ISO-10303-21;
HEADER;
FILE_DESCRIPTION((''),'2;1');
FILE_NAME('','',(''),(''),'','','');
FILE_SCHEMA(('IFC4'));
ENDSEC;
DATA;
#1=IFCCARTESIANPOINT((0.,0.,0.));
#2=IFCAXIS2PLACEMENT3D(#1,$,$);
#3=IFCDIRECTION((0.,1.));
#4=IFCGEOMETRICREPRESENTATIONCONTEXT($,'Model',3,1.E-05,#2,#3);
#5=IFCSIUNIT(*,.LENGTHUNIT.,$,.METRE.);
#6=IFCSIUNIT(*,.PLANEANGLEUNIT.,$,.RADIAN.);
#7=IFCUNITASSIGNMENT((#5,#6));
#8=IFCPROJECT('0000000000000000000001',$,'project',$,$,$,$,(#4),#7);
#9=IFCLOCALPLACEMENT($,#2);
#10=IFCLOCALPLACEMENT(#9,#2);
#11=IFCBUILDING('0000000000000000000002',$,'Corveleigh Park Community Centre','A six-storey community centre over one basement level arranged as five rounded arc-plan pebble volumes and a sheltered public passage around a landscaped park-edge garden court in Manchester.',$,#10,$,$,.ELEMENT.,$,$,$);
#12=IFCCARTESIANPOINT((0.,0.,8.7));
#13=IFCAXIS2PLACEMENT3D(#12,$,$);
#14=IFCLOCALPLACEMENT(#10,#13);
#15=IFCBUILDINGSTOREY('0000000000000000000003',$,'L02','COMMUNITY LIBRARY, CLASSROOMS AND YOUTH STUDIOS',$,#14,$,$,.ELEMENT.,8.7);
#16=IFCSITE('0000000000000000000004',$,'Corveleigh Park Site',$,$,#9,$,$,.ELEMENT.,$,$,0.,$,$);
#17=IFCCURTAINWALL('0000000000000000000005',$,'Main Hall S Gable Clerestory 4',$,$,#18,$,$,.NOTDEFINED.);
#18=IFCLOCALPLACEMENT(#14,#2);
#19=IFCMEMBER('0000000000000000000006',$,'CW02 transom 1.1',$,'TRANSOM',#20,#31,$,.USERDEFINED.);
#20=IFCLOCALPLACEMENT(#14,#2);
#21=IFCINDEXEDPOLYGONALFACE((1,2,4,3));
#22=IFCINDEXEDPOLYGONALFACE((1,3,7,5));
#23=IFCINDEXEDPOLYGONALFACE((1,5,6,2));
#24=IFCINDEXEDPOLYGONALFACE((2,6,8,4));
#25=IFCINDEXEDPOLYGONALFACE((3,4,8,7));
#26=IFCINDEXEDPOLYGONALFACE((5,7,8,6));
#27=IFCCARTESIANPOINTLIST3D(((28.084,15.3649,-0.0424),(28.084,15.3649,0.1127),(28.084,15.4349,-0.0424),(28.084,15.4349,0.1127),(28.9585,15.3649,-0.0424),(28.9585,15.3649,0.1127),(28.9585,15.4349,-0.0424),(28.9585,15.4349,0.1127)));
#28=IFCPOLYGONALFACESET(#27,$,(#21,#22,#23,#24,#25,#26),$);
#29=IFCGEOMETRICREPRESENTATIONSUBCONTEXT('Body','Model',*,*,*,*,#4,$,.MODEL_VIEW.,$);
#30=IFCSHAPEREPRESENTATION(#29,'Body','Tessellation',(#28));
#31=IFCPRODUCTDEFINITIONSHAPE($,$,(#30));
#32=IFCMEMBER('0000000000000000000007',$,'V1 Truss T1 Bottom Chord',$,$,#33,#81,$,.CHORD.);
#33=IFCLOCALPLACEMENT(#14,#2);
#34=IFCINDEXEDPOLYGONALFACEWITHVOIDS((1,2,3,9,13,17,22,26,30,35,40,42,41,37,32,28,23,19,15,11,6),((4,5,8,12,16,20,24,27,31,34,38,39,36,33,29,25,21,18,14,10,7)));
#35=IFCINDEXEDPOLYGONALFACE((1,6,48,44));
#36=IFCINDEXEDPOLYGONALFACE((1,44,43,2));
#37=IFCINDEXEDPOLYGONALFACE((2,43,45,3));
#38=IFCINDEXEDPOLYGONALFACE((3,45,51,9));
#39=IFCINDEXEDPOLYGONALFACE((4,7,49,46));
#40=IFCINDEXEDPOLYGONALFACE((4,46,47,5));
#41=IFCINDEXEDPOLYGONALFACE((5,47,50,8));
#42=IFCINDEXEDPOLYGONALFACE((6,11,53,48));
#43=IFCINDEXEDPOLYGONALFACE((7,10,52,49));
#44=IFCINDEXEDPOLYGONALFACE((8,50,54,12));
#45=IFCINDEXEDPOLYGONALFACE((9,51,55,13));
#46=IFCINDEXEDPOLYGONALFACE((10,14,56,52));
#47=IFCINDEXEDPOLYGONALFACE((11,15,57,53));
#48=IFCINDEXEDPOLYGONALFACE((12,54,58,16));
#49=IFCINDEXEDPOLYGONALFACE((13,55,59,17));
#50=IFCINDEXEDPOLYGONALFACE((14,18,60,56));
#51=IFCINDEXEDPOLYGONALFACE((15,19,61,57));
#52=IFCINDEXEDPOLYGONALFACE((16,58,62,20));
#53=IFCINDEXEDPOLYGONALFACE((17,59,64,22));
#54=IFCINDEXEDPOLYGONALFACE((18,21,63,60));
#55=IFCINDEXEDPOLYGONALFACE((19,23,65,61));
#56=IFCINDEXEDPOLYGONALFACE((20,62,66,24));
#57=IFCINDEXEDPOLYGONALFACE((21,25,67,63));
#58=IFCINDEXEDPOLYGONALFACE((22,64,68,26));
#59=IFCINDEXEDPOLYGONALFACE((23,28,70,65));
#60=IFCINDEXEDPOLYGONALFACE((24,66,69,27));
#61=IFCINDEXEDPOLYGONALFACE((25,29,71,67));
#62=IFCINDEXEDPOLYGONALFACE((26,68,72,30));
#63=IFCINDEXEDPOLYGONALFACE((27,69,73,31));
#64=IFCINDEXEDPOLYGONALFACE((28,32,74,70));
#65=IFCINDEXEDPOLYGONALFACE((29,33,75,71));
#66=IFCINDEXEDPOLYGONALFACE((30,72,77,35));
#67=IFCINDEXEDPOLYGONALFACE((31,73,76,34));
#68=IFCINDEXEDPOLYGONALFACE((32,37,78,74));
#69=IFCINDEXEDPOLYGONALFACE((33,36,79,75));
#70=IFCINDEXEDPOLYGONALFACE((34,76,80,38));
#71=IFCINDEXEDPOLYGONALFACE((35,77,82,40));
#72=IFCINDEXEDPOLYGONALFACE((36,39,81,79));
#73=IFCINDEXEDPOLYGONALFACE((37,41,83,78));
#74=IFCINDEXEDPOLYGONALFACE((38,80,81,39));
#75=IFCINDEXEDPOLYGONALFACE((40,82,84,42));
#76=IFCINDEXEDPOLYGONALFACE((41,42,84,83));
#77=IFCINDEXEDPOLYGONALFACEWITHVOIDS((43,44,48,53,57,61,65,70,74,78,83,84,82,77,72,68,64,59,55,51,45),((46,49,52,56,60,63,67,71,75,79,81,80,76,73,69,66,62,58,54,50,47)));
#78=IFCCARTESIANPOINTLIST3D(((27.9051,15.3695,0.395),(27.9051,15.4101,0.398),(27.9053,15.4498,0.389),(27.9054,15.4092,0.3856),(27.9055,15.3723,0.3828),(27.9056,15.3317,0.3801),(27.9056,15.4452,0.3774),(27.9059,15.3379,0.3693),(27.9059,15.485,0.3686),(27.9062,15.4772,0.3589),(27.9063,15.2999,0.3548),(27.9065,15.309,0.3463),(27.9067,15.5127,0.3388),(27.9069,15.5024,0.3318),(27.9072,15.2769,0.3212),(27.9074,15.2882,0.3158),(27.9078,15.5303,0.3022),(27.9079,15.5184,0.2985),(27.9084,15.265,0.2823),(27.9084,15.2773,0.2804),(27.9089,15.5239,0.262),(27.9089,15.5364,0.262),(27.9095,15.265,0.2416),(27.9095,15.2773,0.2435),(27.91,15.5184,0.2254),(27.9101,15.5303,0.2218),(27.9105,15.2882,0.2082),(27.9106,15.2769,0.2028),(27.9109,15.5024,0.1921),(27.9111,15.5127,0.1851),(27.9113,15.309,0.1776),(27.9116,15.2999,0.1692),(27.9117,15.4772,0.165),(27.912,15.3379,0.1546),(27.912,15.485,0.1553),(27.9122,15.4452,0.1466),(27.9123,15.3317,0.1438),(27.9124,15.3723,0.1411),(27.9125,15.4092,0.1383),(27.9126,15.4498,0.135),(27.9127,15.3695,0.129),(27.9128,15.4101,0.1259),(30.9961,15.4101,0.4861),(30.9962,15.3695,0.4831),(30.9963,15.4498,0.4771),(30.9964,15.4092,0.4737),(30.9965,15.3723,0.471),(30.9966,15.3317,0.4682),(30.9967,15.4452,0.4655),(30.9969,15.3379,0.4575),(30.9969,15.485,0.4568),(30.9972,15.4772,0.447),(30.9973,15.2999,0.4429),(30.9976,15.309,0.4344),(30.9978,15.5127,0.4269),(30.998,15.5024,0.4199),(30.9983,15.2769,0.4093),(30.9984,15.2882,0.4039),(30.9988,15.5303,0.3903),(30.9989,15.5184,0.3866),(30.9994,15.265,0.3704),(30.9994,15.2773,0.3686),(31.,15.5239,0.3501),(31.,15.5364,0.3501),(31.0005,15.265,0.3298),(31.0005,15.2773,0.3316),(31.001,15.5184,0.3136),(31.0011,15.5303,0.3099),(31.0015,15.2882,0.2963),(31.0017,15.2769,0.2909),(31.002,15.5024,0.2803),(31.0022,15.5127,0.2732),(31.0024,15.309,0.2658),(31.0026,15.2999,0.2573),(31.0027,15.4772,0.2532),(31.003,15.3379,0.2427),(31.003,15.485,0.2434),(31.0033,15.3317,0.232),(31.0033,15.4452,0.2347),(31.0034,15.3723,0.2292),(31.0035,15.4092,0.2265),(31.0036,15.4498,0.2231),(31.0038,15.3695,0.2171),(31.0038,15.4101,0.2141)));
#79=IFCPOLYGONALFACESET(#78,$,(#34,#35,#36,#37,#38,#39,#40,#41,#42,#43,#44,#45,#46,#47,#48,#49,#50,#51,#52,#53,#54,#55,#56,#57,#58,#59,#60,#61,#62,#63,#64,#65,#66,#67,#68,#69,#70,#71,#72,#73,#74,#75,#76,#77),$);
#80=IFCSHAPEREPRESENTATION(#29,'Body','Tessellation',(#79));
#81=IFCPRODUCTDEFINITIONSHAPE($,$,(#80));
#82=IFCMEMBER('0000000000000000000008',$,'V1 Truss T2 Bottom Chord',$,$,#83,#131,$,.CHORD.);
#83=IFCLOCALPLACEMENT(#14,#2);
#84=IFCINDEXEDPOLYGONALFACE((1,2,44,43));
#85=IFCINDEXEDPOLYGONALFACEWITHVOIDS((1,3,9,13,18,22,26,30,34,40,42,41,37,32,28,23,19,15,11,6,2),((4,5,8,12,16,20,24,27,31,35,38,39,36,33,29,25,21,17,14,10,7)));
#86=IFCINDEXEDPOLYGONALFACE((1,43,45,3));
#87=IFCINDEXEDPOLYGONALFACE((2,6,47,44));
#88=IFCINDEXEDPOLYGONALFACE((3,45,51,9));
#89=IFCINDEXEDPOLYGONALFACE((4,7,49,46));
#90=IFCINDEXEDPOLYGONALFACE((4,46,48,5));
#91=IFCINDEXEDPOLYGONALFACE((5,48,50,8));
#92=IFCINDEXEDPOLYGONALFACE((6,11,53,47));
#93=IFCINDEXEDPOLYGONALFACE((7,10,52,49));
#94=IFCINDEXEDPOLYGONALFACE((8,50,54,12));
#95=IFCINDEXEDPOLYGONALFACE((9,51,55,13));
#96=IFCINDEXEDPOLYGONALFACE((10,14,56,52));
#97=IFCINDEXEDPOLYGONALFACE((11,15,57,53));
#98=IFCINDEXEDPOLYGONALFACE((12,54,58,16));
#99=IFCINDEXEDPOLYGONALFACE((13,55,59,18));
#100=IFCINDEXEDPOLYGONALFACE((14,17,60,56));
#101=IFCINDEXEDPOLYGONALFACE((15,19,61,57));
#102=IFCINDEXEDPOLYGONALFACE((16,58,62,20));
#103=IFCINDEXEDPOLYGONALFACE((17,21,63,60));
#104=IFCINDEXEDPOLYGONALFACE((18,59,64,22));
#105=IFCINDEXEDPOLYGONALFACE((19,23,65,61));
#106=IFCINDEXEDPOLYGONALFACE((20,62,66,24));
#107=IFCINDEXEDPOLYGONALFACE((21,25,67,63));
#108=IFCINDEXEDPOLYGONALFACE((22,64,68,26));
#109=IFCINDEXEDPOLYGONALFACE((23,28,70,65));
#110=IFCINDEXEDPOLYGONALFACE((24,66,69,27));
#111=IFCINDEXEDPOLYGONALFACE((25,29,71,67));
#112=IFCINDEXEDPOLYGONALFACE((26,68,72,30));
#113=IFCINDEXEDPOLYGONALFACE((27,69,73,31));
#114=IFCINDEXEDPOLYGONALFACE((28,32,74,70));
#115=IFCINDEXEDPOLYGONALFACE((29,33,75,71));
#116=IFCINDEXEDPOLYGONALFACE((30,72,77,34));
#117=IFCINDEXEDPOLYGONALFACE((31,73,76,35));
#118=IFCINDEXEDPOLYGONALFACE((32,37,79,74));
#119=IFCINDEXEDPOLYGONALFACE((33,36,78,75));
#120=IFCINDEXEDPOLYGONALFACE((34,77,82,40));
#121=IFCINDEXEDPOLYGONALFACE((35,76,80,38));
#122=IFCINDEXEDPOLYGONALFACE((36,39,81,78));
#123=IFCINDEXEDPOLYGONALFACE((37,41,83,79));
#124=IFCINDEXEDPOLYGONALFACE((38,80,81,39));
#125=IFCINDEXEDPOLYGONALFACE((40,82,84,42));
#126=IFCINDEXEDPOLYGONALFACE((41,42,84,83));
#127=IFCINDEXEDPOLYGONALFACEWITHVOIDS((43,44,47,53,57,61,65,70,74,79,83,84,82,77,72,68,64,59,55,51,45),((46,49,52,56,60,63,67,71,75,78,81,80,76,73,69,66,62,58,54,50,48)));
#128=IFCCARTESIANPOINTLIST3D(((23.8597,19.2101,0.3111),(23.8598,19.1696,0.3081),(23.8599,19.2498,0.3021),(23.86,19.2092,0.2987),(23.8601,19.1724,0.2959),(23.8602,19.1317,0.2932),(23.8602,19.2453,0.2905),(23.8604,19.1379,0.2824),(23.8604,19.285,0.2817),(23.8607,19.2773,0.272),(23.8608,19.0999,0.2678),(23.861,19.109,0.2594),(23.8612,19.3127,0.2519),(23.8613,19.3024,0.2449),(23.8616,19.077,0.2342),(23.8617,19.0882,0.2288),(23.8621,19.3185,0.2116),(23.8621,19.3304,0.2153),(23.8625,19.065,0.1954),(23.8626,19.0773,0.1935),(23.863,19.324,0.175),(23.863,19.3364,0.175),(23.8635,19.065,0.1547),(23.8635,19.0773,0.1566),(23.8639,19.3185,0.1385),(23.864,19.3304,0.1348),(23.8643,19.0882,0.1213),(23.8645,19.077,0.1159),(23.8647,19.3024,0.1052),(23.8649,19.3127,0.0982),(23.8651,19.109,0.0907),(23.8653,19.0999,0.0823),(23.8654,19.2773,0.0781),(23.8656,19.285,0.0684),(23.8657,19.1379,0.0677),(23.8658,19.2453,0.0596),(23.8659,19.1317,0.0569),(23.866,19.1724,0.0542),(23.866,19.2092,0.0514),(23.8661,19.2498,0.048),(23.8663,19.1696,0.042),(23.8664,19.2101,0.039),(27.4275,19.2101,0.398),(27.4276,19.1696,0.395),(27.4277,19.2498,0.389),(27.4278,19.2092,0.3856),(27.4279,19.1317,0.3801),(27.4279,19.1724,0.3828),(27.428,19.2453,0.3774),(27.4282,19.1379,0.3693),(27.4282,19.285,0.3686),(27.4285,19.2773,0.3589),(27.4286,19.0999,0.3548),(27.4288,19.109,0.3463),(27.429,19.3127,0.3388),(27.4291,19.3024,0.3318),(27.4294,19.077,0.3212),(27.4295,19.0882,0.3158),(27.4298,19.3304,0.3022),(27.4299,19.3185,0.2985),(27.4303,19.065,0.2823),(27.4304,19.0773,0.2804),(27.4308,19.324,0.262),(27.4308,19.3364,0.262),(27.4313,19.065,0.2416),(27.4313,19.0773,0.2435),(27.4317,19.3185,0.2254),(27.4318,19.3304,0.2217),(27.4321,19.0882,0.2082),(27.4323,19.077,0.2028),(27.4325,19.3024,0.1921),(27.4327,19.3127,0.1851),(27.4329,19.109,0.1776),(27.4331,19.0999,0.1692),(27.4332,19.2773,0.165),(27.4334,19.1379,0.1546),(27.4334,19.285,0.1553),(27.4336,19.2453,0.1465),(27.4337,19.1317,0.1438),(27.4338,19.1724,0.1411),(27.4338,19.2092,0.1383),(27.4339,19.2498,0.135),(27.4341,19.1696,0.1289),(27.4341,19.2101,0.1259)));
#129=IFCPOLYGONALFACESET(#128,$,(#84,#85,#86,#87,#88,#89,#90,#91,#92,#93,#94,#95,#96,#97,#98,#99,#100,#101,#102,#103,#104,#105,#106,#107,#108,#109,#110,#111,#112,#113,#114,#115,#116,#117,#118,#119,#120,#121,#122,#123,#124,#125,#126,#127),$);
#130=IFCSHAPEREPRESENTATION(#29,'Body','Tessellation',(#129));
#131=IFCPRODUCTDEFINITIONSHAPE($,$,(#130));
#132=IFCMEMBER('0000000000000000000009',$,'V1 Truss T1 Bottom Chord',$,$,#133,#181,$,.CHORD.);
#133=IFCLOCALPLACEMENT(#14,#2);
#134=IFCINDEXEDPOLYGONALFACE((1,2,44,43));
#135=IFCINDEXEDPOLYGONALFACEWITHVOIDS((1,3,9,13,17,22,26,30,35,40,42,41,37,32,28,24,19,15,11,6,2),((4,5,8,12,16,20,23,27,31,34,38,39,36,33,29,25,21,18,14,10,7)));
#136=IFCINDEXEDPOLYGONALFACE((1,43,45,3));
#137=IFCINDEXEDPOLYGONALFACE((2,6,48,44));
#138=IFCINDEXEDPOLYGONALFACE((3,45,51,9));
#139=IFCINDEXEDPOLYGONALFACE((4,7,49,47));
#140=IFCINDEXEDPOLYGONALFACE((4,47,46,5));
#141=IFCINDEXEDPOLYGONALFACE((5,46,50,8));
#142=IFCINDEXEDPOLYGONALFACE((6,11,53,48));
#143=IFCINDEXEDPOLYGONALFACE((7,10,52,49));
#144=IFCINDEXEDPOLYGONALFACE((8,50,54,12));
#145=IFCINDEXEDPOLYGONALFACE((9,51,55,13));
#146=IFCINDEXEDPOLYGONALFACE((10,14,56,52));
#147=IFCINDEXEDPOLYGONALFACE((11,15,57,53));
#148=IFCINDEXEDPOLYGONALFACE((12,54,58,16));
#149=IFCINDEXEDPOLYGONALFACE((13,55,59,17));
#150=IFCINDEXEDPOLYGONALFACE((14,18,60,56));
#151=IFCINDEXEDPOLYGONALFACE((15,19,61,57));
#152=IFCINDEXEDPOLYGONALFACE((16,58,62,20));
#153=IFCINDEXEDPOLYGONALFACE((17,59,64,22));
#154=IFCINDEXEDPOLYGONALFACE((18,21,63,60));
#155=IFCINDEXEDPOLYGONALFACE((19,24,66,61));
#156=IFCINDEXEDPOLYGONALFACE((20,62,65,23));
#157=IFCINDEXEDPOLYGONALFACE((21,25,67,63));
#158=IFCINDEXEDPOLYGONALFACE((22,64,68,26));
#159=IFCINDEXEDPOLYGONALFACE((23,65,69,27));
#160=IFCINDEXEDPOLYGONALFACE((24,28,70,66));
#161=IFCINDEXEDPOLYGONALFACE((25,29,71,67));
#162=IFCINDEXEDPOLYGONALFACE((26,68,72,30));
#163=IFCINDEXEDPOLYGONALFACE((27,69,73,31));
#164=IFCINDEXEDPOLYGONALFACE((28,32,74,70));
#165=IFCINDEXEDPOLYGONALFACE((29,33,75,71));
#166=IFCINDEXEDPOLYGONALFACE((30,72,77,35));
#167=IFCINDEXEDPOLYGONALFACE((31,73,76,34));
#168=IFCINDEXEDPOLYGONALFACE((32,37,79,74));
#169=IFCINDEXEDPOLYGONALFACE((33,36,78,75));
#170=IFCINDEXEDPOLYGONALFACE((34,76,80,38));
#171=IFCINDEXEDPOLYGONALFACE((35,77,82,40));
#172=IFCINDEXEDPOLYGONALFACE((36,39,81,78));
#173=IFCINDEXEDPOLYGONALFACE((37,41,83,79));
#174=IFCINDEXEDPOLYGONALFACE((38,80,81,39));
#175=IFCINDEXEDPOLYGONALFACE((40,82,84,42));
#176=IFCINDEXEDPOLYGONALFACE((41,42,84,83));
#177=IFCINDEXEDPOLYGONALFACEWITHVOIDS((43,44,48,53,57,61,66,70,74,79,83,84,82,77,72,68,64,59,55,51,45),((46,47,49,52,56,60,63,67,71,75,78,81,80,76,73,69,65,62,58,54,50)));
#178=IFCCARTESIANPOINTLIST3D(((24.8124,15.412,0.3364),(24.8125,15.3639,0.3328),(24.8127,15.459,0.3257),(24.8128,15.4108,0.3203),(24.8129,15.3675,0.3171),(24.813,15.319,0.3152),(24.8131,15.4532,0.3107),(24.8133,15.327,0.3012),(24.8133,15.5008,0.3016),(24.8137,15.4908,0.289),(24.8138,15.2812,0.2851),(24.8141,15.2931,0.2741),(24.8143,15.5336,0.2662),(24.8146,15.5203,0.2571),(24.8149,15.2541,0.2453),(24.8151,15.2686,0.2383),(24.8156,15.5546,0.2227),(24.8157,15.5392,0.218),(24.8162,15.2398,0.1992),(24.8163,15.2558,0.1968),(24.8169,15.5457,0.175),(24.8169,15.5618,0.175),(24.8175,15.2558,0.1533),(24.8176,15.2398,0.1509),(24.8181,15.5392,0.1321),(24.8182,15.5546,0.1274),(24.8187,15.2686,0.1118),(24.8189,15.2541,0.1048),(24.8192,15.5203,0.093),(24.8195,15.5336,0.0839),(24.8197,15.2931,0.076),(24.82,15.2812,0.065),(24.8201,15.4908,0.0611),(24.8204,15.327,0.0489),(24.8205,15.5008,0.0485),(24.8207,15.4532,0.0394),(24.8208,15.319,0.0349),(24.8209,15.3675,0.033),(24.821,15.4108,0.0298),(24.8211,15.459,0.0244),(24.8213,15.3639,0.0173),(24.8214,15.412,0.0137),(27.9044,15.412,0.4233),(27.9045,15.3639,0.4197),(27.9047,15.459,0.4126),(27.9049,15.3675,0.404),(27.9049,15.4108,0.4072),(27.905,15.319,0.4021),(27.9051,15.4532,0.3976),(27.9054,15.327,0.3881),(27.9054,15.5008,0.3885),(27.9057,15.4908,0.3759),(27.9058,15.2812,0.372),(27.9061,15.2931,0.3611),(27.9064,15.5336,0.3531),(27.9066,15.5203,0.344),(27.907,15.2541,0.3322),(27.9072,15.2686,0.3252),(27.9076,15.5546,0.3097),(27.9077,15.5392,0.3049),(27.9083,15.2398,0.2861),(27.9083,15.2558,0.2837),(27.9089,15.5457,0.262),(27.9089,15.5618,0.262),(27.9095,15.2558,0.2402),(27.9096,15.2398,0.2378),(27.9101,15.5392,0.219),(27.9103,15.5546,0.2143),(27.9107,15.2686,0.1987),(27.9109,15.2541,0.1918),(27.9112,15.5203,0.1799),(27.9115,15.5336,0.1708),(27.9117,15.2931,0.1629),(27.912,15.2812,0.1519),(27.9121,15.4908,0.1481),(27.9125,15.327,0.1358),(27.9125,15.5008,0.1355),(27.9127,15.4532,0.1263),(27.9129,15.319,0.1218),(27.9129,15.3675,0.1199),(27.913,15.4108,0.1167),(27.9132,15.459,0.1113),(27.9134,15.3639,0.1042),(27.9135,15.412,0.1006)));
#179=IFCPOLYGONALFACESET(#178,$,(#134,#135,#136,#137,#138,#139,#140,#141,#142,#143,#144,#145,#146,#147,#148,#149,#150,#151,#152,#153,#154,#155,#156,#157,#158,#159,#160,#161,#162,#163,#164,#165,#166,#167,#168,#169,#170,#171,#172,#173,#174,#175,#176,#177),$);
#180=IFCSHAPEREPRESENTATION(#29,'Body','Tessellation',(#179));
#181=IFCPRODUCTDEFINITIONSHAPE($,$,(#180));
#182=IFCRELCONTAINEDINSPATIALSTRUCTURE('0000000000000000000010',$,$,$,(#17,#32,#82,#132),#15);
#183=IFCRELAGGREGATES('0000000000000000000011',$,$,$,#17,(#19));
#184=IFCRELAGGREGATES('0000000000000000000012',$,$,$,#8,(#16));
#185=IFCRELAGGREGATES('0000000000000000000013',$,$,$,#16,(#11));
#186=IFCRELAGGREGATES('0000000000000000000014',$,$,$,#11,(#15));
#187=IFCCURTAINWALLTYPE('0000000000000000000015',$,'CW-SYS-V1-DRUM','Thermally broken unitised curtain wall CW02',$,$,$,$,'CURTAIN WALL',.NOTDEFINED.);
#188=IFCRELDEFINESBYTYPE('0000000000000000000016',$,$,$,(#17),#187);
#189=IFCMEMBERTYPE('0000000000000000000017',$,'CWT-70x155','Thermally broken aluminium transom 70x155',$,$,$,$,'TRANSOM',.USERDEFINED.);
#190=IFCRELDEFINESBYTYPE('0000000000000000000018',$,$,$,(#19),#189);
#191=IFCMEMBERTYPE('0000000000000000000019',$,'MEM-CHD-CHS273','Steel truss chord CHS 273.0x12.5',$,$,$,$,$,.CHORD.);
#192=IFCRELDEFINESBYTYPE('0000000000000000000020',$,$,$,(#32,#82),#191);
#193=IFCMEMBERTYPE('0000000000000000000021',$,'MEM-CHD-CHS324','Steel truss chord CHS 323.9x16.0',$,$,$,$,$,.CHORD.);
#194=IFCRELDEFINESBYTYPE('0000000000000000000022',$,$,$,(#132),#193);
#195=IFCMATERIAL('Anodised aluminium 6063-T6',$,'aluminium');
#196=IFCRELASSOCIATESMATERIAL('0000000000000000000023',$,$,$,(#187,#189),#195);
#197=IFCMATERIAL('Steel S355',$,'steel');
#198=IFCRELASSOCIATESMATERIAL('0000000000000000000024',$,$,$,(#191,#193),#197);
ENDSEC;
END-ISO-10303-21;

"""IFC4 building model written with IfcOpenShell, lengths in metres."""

from ifc_helpers import new_model, si_unit, direction, frame, origin, origin_2d, place, context, subcontext, project, spatial, rectangle, hollow_circle, extrude, material, material_profile, profile_set, type_object, element, aggregate, save


model = new_model("IFC4")

# Units and contexts
model_context = context("Model", 3, precision=1e-05, world=origin(), true_north=direction((0.0, 1.0)))
body_context = subcontext(model_context, "Body", "Model", "MODEL_VIEW")
ifc_project = project(units=[si_unit("LENGTHUNIT", "METRE"), si_unit("PLANEANGLEUNIT", "RADIAN")], contexts=[model_context])

# Site, building, storey
site_placement = place(None, origin())
site = spatial("IfcSite", under=ifc_project, at=site_placement, Name="Corveleigh Park Site", CompositionType="ELEMENT", RefElevation=0.0)
building_placement = place(site_placement, origin())
building = spatial("IfcBuilding", under=site, at=building_placement, Name="Corveleigh Park Community Centre", Description="A six-storey community centre over one basement level arranged as five rounded arc-plan pebble volumes and a sheltered public passage around a landscaped park-edge garden court in Manchester.", CompositionType="ELEMENT")
storey_placement = place(building_placement, frame((0.0, 0.0, 8.7)))
storey = spatial("IfcBuildingStorey", under=building, at=storey_placement, Name="L02", Description="COMMUNITY LIBRARY, CLASSROOMS AND YOUTH STUDIOS", CompositionType="ELEMENT", Elevation=8.7)

# Shared definitions
ifc_material_1 = material(Name="Anodised aluminium 6063-T6", Category="aluminium")
curtain_wall_type = type_object("IfcCurtainWallType", Name="CW-SYS-V1-DRUM", Description="Thermally broken unitised curtain wall CW02", ElementType="CURTAIN WALL", PredefinedType="NOTDEFINED", material=ifc_material_1)

# Curtain wall
curtain_wall_1_placement = place(storey_placement, origin())
curtain_wall_1 = element("IfcCurtainWall", 1, at=curtain_wall_1_placement, inside=storey, type_object=curtain_wall_type, Name="Main Hall S Gable Clerestory 4", PredefinedType="NOTDEFINED")

# Member
ifc_material_profile_1 = material_profile(ifc_material_1, rectangle(XDim=0.0701, YDim=0.155, at=origin_2d()), Name="ALU-T70x155", Category="aluminium")
ifc_profile_set_1 = profile_set([ifc_material_profile_1], Name="Anodised aluminium 6063-T6")
member_type_1 = type_object("IfcMemberType", Name="CWT-70x155", Description="Thermally broken aluminium transom 70x155", ElementType="TRANSOM", PredefinedType="USERDEFINED", material=ifc_profile_set_1)
member_1_placement = place(storey_placement, frame((28.084, 15.3999, 0.0352), z_axis=(1.0, 0.0, 0.0), x_axis=(0.0, 1.0, 0.0)))
member_1 = element("IfcMember", 2, at=member_1_placement, type_object=member_type_1, Name="CW02 transom 1.1", ObjectType="TRANSOM", PredefinedType="USERDEFINED", context=body_context, shape_type="SweptSolid", body=[
    extrude(rectangle(XDim=0.0701, YDim=0.155, at=origin_2d()), origin(), (0.0, 0.0, 1.0), 0.8745),
])
aggregate(curtain_wall_1, [member_1])

# Members
ifc_material_2 = material(Name="Steel S355", Category="steel")
ifc_material_profile_2 = material_profile(ifc_material_2, hollow_circle(Radius=0.1365, WallThickness=0.0125, at=origin_2d()), Name="CHS 273.0x12.5", Category="steel")
ifc_profile_set_2 = profile_set([ifc_material_profile_2], Name="Steel S355")
member_type_2 = type_object("IfcMemberType", Name="MEM-CHD-CHS273", Description="Steel truss chord CHS 273.0x12.5", PredefinedType="CHORD", material=ifc_profile_set_2)
member_2_placement = place(storey_placement, frame((27.9089, 15.3999, 0.262), z_axis=(0.999594, 0.0, 0.028501), x_axis=(0.0, 1.0, 0.0)))
element("IfcMember", 3, at=member_2_placement, inside=storey, type_object=member_type_2, Name="V1 Truss T1 Bottom Chord", PredefinedType="CHORD", context=body_context, shape_type="SweptSolid", body=[
    extrude(hollow_circle(Radius=0.1365, WallThickness=0.0125, at=origin_2d()), origin(), (0.0, 0.0, 1.0), 3.0923),
])
member_3_placement = place(storey_placement, frame((23.863, 19.2, 0.175), z_axis=(0.999703, 0.0, 0.024353), x_axis=(0.0, 1.0, 0.0)))
element("IfcMember", 4, at=member_3_placement, inside=storey, type_object=member_type_2, Name="V1 Truss T2 Bottom Chord", PredefinedType="CHORD", context=body_context, shape_type="SweptSolid", body=[
    extrude(hollow_circle(Radius=0.1365, WallThickness=0.0125, at=origin_2d()), origin(), (0.0, 0.0, 1.0), 3.5688),
])
ifc_material_profile_3 = material_profile(ifc_material_2, hollow_circle(Radius=0.1619, WallThickness=0.0161, at=origin_2d()), Name="CHS 323.9x16.0", Category="steel")
ifc_profile_set_3 = profile_set([ifc_material_profile_3], Name="Steel S355")
member_type_3 = type_object("IfcMemberType", Name="MEM-CHD-CHS324", Description="Steel truss chord CHS 323.9x16.0", PredefinedType="CHORD", material=ifc_profile_set_3)
member_4_placement = place(storey_placement, frame((24.8169, 15.3999, 0.175), z_axis=(0.999605, 0.0, 0.028098), x_axis=(0.0, 1.0, 0.0)))
element("IfcMember", 5, at=member_4_placement, inside=storey, type_object=member_type_3, Name="V1 Truss T1 Bottom Chord", PredefinedType="CHORD", context=body_context, shape_type="SweptSolid", body=[
    extrude(hollow_circle(Radius=0.1619, WallThickness=0.0161, at=origin_2d()), origin(), (0.0, 0.0, 1.0), 3.0933),
])

save(model, "model.ifc")
